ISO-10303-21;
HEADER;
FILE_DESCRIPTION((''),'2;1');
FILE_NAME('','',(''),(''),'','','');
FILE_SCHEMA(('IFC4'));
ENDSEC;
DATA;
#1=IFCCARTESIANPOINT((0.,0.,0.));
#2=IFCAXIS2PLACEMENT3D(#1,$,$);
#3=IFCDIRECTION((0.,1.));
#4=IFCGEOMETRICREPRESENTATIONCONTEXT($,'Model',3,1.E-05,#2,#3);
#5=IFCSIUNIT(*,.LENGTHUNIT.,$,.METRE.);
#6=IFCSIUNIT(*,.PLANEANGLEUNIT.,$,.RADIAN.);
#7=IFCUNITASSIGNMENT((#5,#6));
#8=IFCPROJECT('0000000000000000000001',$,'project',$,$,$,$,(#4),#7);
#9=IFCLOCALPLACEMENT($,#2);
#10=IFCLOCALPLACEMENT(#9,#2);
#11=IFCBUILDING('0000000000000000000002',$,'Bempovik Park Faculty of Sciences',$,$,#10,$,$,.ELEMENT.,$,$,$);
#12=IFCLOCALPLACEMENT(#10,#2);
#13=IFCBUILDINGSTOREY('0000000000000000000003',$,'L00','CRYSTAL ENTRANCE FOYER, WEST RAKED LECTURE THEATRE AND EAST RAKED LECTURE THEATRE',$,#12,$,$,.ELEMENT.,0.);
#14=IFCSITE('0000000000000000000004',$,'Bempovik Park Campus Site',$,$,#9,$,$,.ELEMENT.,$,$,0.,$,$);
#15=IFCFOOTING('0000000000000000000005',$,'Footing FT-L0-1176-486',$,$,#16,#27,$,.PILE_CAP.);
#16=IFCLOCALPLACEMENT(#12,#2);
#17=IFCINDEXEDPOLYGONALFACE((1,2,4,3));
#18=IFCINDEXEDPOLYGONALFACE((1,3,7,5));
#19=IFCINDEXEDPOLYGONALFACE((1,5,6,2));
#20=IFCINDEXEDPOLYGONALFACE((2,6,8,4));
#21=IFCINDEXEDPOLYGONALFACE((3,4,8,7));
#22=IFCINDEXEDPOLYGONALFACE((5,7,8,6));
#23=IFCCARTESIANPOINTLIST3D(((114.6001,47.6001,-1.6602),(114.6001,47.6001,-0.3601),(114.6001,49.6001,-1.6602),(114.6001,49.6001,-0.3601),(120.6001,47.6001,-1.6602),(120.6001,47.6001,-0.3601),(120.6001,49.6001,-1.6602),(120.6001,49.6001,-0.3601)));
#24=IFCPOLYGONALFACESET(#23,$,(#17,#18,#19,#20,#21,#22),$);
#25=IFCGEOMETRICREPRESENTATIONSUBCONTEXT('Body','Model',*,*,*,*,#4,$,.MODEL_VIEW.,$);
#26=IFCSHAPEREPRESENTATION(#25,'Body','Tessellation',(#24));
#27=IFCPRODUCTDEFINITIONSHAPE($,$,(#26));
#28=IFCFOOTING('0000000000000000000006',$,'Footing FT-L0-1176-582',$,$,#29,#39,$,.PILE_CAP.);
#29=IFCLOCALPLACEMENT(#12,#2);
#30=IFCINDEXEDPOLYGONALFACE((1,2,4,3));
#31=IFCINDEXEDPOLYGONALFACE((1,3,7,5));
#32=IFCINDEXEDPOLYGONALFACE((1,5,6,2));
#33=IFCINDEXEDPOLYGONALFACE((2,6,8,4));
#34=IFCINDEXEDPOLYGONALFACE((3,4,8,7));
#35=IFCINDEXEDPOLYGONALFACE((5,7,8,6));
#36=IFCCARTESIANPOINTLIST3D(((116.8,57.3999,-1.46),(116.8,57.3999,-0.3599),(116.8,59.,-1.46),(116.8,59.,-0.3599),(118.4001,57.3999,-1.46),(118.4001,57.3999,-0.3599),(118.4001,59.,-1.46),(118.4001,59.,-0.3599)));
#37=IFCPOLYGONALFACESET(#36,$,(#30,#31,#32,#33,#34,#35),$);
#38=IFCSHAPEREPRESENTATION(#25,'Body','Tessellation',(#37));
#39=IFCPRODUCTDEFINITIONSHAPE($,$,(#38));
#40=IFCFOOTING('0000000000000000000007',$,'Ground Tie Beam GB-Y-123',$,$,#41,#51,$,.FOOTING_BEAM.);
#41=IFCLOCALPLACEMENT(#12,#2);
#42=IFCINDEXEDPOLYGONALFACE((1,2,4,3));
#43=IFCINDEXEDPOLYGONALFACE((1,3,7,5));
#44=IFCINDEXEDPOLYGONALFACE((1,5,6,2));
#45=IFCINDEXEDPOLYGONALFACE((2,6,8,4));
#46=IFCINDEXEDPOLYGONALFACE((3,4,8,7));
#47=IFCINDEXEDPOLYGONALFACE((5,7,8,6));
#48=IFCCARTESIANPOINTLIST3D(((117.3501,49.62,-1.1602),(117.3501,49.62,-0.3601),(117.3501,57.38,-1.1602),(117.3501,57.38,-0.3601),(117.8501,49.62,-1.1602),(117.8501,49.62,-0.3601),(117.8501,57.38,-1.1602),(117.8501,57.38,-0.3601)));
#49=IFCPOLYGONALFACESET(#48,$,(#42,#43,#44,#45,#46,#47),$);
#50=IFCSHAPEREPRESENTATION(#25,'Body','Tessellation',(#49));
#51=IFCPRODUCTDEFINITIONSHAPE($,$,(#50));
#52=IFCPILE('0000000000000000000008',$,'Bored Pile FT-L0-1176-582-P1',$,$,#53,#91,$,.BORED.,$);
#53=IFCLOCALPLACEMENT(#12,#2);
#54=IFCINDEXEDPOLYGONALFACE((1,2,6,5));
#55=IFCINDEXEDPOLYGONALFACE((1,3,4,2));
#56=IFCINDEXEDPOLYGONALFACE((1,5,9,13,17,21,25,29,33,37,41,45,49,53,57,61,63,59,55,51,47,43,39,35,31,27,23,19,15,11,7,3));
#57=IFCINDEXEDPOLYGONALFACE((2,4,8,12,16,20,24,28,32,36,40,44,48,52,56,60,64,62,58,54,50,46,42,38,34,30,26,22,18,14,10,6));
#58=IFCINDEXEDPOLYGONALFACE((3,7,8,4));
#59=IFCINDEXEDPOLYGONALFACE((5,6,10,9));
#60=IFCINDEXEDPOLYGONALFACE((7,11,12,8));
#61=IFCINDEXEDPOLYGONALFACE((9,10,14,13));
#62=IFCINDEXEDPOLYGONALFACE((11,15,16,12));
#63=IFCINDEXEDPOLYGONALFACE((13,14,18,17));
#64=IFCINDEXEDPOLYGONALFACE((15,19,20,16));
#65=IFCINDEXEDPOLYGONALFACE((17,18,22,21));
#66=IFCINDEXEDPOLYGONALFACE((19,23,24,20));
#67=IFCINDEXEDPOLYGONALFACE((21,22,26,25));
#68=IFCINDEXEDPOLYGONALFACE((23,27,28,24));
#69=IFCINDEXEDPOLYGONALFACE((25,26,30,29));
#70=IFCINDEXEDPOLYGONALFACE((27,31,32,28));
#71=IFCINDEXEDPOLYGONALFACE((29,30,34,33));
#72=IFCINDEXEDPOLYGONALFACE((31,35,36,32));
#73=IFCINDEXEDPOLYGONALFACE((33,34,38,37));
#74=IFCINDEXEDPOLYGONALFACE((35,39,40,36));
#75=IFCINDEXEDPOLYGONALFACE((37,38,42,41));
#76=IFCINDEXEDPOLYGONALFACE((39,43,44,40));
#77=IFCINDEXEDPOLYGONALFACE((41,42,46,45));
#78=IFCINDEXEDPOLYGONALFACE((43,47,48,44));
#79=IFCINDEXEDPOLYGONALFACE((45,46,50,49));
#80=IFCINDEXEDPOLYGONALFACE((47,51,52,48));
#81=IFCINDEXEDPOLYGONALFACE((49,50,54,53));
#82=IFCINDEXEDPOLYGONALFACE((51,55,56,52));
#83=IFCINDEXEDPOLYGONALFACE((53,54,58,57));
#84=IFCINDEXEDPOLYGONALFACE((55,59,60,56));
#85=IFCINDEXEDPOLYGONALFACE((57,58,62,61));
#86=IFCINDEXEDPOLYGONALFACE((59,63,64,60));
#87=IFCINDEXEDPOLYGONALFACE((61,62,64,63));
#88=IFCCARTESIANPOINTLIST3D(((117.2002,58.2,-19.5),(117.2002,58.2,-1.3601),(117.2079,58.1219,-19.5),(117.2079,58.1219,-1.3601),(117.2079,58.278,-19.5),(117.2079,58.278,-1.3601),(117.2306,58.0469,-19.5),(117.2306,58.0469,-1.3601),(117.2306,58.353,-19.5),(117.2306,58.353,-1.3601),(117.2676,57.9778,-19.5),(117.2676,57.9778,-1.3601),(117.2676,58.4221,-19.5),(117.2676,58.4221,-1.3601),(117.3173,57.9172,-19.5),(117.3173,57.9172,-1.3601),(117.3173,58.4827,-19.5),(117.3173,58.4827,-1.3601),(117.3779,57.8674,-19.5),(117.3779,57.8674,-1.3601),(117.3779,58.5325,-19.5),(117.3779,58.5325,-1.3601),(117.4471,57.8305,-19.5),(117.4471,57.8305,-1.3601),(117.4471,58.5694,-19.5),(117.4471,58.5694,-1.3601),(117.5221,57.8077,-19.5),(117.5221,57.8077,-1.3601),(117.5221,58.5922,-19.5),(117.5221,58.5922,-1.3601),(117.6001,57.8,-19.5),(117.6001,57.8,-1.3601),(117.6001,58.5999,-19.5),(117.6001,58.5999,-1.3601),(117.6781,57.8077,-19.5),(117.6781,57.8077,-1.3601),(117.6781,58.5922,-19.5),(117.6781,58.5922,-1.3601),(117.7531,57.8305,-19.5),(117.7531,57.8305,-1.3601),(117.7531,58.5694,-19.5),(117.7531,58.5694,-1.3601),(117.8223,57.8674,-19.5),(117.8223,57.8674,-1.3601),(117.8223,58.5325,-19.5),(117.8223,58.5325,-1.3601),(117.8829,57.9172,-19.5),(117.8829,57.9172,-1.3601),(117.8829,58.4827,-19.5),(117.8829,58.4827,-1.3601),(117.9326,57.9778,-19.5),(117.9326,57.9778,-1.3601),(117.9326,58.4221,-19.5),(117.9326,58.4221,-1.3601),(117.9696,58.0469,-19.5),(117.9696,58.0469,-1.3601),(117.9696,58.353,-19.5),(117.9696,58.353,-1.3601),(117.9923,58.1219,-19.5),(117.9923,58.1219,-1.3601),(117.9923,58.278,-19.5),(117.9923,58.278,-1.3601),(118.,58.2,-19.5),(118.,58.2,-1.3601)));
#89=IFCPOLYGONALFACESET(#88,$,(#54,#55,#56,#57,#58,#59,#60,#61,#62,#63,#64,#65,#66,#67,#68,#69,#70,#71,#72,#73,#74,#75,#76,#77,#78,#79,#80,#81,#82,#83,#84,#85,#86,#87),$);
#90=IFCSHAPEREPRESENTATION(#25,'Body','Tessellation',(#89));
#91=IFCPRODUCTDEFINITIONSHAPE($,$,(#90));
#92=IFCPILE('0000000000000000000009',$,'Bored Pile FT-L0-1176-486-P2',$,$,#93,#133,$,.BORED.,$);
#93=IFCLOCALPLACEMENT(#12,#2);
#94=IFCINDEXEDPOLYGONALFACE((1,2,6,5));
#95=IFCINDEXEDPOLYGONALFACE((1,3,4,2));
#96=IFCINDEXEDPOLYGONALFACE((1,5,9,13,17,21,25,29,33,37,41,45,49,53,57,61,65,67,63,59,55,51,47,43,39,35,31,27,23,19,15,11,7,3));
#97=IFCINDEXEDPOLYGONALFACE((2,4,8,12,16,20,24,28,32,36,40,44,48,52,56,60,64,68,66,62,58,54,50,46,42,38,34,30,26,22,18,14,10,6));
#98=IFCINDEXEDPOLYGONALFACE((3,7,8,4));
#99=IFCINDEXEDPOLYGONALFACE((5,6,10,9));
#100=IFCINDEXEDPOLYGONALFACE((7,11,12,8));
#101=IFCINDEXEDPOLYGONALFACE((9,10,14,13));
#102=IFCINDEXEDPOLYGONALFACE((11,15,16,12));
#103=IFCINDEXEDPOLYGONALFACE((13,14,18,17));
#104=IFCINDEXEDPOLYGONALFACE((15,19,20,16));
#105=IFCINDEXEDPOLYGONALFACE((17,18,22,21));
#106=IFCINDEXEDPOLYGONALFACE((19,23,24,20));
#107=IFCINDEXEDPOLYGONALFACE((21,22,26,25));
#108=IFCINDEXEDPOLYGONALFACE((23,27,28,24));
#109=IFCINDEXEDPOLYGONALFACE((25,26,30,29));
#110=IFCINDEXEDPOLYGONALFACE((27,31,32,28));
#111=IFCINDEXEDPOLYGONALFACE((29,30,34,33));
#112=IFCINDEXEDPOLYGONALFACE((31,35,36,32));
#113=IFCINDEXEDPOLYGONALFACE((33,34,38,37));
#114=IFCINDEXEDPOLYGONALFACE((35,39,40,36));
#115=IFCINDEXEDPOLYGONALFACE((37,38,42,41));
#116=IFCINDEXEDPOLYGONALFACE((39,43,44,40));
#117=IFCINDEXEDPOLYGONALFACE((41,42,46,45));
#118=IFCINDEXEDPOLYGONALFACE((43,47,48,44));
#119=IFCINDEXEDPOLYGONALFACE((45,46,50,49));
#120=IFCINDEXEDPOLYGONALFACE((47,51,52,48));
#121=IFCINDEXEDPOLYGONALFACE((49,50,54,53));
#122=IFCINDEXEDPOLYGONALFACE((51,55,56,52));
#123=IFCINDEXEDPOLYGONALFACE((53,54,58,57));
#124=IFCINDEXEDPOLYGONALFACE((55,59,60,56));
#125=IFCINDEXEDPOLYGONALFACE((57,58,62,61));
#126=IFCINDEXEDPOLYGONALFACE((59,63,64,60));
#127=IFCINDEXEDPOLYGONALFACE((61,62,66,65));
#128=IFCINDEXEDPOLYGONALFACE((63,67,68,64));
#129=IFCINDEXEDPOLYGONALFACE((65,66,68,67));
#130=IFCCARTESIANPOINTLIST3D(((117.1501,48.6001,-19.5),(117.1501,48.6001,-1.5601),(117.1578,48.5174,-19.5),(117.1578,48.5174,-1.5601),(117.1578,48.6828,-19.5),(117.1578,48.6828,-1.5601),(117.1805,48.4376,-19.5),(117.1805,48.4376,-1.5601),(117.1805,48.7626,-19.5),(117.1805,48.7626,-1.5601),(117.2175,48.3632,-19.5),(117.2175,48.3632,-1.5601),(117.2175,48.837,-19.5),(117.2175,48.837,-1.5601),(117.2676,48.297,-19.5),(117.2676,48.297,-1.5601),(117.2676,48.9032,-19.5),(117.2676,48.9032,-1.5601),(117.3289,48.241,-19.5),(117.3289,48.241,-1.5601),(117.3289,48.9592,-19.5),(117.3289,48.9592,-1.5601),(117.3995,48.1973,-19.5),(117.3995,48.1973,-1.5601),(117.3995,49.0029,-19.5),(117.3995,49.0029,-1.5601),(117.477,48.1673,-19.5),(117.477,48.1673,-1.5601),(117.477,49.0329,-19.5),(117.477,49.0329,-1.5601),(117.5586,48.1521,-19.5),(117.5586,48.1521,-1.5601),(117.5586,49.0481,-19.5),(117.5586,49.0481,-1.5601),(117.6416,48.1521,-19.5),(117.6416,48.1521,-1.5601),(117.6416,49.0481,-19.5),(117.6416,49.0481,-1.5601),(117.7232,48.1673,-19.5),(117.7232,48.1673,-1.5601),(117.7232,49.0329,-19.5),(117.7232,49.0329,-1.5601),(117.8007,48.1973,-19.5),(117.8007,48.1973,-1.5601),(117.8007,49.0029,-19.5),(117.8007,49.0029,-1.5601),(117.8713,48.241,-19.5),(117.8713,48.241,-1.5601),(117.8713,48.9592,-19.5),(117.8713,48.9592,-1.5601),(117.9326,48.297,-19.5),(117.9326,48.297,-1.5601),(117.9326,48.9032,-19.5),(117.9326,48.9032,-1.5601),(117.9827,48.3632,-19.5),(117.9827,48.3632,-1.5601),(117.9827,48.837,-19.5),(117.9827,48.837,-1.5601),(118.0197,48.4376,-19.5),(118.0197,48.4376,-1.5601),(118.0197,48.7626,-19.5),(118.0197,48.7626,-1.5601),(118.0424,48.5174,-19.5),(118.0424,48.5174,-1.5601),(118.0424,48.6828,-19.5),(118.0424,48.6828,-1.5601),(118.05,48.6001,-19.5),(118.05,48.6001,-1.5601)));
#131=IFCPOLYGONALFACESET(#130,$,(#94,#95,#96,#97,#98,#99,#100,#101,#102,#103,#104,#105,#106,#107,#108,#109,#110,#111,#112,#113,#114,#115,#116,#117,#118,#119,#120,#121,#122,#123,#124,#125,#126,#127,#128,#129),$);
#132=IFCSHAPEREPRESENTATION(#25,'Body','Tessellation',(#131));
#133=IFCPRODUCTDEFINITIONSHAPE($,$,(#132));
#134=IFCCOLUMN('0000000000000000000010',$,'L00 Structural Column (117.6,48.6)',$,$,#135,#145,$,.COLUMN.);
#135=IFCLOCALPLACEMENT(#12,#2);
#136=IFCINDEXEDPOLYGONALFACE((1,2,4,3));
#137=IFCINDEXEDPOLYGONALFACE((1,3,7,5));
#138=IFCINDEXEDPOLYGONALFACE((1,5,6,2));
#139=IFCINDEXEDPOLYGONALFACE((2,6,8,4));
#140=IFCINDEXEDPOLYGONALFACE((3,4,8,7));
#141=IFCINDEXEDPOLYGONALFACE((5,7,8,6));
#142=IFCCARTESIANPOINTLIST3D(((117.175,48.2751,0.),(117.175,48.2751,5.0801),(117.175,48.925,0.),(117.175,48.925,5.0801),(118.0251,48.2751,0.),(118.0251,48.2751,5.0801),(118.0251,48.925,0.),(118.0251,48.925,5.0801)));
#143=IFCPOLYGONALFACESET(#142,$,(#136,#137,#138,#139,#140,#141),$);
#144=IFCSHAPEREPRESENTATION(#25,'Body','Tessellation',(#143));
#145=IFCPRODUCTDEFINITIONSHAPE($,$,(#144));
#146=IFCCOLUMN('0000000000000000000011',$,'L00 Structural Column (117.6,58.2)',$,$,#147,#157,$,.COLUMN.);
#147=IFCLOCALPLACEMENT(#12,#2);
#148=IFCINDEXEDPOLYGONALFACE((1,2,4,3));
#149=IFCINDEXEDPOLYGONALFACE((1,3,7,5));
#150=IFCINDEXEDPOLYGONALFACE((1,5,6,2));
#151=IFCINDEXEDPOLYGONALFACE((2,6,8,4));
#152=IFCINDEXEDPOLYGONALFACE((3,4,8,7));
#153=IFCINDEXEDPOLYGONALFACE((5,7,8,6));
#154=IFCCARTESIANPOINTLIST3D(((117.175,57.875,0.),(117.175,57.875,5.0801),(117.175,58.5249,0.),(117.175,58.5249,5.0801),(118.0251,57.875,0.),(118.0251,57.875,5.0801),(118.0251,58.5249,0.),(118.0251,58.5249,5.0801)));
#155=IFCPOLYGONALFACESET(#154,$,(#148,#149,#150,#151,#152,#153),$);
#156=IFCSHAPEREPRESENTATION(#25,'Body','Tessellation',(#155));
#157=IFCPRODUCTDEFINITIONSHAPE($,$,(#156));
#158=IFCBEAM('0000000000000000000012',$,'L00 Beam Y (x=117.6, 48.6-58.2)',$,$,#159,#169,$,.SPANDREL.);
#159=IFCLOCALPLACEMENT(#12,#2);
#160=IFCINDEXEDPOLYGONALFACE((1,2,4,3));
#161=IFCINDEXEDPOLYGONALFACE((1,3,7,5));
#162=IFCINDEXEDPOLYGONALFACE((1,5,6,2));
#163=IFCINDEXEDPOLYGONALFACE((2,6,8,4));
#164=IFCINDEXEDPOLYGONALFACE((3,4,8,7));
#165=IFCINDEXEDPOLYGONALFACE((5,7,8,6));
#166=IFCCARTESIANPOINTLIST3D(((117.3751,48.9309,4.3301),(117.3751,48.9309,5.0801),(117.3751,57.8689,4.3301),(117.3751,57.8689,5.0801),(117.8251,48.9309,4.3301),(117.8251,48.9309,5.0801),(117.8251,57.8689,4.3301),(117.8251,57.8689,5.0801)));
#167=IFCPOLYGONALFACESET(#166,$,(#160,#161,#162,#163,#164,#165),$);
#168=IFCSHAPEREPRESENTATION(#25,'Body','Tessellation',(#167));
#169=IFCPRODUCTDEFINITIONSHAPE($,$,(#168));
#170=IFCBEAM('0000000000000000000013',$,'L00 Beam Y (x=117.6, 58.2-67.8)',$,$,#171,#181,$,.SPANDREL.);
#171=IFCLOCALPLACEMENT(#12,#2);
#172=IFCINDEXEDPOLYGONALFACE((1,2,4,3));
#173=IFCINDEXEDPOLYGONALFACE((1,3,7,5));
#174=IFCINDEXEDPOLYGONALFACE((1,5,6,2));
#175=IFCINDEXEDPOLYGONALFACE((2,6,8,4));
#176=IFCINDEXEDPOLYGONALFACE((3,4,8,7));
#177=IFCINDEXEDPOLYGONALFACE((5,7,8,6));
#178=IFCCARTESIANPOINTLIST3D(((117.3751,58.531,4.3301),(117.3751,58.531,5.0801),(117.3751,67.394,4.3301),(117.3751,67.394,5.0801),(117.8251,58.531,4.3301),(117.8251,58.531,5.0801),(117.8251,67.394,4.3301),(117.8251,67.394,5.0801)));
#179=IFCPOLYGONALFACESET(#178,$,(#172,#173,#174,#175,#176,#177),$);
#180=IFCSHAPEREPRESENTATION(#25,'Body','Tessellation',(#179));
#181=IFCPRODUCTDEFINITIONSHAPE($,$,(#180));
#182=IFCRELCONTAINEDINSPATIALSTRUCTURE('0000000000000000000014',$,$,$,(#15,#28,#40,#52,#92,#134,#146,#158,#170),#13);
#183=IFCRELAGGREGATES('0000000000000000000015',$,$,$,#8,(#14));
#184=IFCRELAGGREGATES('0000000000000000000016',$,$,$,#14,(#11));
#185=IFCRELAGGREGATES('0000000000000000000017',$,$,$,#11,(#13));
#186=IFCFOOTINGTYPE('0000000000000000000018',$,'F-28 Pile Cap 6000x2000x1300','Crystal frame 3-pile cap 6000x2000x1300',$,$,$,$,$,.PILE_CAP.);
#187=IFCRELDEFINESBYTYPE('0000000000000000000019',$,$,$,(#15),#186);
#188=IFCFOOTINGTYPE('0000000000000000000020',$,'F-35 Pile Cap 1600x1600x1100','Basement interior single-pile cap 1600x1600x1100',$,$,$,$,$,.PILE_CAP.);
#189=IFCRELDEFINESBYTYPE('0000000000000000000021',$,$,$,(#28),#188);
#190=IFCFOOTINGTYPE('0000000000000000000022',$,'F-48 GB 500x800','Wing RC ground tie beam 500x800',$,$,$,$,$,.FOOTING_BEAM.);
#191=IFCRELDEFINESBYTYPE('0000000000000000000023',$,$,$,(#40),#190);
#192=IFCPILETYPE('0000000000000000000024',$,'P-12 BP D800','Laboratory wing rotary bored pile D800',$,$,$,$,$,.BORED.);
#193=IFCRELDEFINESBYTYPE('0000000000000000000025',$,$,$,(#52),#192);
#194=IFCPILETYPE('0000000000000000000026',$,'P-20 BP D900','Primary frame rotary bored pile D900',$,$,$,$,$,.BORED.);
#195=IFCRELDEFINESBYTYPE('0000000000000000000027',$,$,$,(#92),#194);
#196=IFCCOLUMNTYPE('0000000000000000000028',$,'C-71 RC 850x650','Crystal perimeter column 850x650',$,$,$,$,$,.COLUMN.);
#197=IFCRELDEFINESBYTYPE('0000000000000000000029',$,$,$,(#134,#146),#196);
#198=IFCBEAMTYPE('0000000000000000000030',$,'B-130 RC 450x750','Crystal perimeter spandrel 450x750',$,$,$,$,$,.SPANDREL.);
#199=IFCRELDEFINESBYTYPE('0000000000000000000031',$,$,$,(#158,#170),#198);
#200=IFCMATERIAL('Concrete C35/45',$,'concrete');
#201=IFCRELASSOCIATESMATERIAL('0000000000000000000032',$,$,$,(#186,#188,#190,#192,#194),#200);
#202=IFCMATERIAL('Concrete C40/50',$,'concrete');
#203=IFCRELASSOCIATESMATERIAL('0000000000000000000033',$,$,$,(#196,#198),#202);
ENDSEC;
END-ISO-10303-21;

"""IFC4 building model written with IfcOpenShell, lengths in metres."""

from ifc_helpers import new_model, si_unit, direction, frame, origin, origin_2d, place, context, subcontext, project, spatial, rectangle, circle, extrude, material, material_profile, profile_set, type_object, element, save


model = new_model("IFC4")

# Units and contexts
model_context = context("Model", 3, precision=1e-05, world=origin(), true_north=direction((0.0, 1.0)))
body_context = subcontext(model_context, "Body", "Model", "MODEL_VIEW")
ifc_project = project(units=[si_unit("LENGTHUNIT", "METRE"), si_unit("PLANEANGLEUNIT", "RADIAN")], contexts=[model_context])

# Site, building, storey
site_placement = place(None, origin())
site = spatial("IfcSite", under=ifc_project, at=site_placement, Name="Bempovik Park Campus Site", CompositionType="ELEMENT", RefElevation=0.0)
building_placement = place(site_placement, origin())
building = spatial("IfcBuilding", under=site, at=building_placement, Name="Bempovik Park Faculty of Sciences", CompositionType="ELEMENT")
storey_placement = place(building_placement, origin())
storey = spatial("IfcBuildingStorey", under=building, at=storey_placement, Name="L00", Description="CRYSTAL ENTRANCE FOYER, WEST RAKED LECTURE THEATRE AND EAST RAKED LECTURE THEATRE", CompositionType="ELEMENT", Elevation=0.0)

# Footings
ifc_material_1 = material(Name="Concrete C35/45", Category="concrete")
footing_type_1 = type_object("IfcFootingType", Name="F-28 Pile Cap 6000x2000x1300", Description="Crystal frame 3-pile cap 6000x2000x1300", PredefinedType="PILE_CAP", material=ifc_material_1)
footing_1_placement = place(storey_placement, frame((117.6001, 48.6001, -1.6602), z_axis=(0.0, 0.0, 1.0), x_axis=(1.0, 0.0, 0.0)))
element("IfcFooting", 1, at=footing_1_placement, inside=storey, type_object=footing_type_1, Name="Footing FT-L0-1176-486", PredefinedType="PILE_CAP", context=body_context, shape_type="SweptSolid", body=[
    extrude(rectangle(XDim=6.0, YDim=2.0, at=origin_2d()), origin(), (0.0, 0.0, 1.0), 1.3),
])
footing_type_2 = type_object("IfcFootingType", Name="F-35 Pile Cap 1600x1600x1100", Description="Basement interior single-pile cap 1600x1600x1100", PredefinedType="PILE_CAP", material=ifc_material_1)
footing_2_placement = place(storey_placement, frame((117.6001, 58.2, -1.46), z_axis=(0.0, 0.0, 1.0), x_axis=(1.0, 0.0, 0.0)))
element("IfcFooting", 2, at=footing_2_placement, inside=storey, type_object=footing_type_2, Name="Footing FT-L0-1176-582", PredefinedType="PILE_CAP", context=body_context, shape_type="SweptSolid", body=[
    extrude(rectangle(XDim=1.6001, YDim=1.6001, at=origin_2d()), origin(), (0.0, 0.0, 1.0), 1.1001),
])
footing_type_3 = type_object("IfcFootingType", Name="F-48 GB 500x800", Description="Wing RC ground tie beam 500x800", PredefinedType="FOOTING_BEAM", material=ifc_material_1)
footing_3_placement = place(storey_placement, frame((117.6001, 53.5, -1.1602), z_axis=(0.0, 0.0, 1.0), x_axis=(1.0, 0.0, 0.0)))
element("IfcFooting", 3, at=footing_3_placement, inside=storey, type_object=footing_type_3, Name="Ground Tie Beam GB-Y-123", PredefinedType="FOOTING_BEAM", context=body_context, shape_type="SweptSolid", body=[
    extrude(rectangle(XDim=0.5, YDim=7.76, at=origin_2d()), origin(), (0.0, 0.0, 1.0), 0.8),
])

# Piles
ifc_material_profile_1 = material_profile(ifc_material_1, circle(Radius=0.3999, at=origin_2d()), Name="BP D800")
ifc_profile_set_1 = profile_set([ifc_material_profile_1], Name="Concrete C35/45")
pile_type_1 = type_object("IfcPileType", Name="P-12 BP D800", Description="Laboratory wing rotary bored pile D800", PredefinedType="BORED", material=ifc_profile_set_1)
pile_1_placement = place(storey_placement, frame((117.6001, 58.2, -1.3601), z_axis=(0.0, 0.0, -1.0), x_axis=(1.0, 0.0, 0.0)))
element("IfcPile", 4, at=pile_1_placement, inside=storey, type_object=pile_type_1, Name="Bored Pile FT-L0-1176-582-P1", PredefinedType="BORED", context=body_context, shape_type="SweptSolid", body=[
    extrude(circle(Radius=0.3999, at=origin_2d()), origin(), (0.0, 0.0, 1.0), 18.1399),
])
ifc_material_profile_2 = material_profile(ifc_material_1, circle(Radius=0.45, at=origin_2d()), Name="BP D900")
ifc_profile_set_2 = profile_set([ifc_material_profile_2], Name="Concrete C35/45")
pile_type_2 = type_object("IfcPileType", Name="P-20 BP D900", Description="Primary frame rotary bored pile D900", PredefinedType="BORED", material=ifc_profile_set_2)
pile_2_placement = place(storey_placement, frame((117.6001, 48.6001, -1.5601), z_axis=(0.0, 0.0, -1.0), x_axis=(1.0, 0.0, 0.0)))
element("IfcPile", 5, at=pile_2_placement, inside=storey, type_object=pile_type_2, Name="Bored Pile FT-L0-1176-486-P2", PredefinedType="BORED", context=body_context, shape_type="SweptSolid", body=[
    extrude(circle(Radius=0.45, at=origin_2d()), origin(), (0.0, 0.0, 1.0), 17.9399),
])

# Columns
ifc_material_2 = material(Name="Concrete C40/50", Category="concrete")
ifc_material_profile_3 = material_profile(ifc_material_2, rectangle(XDim=0.8501, YDim=0.6499, at=origin_2d()), Name="RC 850x650")
ifc_profile_set_3 = profile_set([ifc_material_profile_3], Name="Concrete C40/50")
column_type = type_object("IfcColumnType", Name="C-71 RC 850x650", Description="Crystal perimeter column 850x650", PredefinedType="COLUMN", material=ifc_profile_set_3)
for number, where, z_axis, x_axis, name in (
    (6, (117.6001, 48.6001, 0.0), (0.0, 0.0, 1.0), (1.0, 0.0, 0.0), "L00 Structural Column (117.6,48.6)"),
    (7, (117.6001, 58.2, 0.0), (0.0, 0.0, 1.0), (1.0, 0.0, 0.0), "L00 Structural Column (117.6,58.2)"),
):
    element("IfcColumn", number, at=place(storey_placement, frame(where, z_axis=z_axis, x_axis=x_axis)), inside=storey, type_object=column_type, Name=name, PredefinedType="COLUMN", context=body_context, shape_type="SweptSolid", body=[
        extrude(rectangle(XDim=0.8501, YDim=0.6499, at=origin_2d()), origin(), (0.0, 0.0, 1.0), 5.0801),
    ])

# Beams
ifc_material_profile_4 = material_profile(ifc_material_2, rectangle(XDim=0.45, YDim=0.75, at=origin_2d()), Name="RC 450x750")
ifc_profile_set_4 = profile_set([ifc_material_profile_4], Name="Concrete C40/50")
beam_type = type_object("IfcBeamType", Name="B-130 RC 450x750", Description="Crystal perimeter spandrel 450x750", PredefinedType="SPANDREL", material=ifc_profile_set_4)
beam_1_placement = place(storey_placement, frame((117.6001, 48.9309, 4.7051), z_axis=(0.0, 1.0, 0.0), x_axis=(-1.0, 0.0, 0.0)))
element("IfcBeam", 8, at=beam_1_placement, inside=storey, type_object=beam_type, Name="L00 Beam Y (x=117.6, 48.6-58.2)", PredefinedType="SPANDREL", context=body_context, shape_type="SweptSolid", body=[
    extrude(rectangle(XDim=0.45, YDim=0.75, at=origin_2d()), origin(), (0.0, 0.0, 1.0), 8.938),
])
beam_2_placement = place(storey_placement, frame((117.6001, 58.531, 4.7051), z_axis=(0.0, 1.0, 0.0), x_axis=(-1.0, 0.0, 0.0)))
element("IfcBeam", 9, at=beam_2_placement, inside=storey, type_object=beam_type, Name="L00 Beam Y (x=117.6, 58.2-67.8)", PredefinedType="SPANDREL", context=body_context, shape_type="SweptSolid", body=[
    extrude(rectangle(XDim=0.45, YDim=0.75, at=origin_2d()), origin(), (0.0, 0.0, 1.0), 8.863),
])

save(model, "model.ifc")
